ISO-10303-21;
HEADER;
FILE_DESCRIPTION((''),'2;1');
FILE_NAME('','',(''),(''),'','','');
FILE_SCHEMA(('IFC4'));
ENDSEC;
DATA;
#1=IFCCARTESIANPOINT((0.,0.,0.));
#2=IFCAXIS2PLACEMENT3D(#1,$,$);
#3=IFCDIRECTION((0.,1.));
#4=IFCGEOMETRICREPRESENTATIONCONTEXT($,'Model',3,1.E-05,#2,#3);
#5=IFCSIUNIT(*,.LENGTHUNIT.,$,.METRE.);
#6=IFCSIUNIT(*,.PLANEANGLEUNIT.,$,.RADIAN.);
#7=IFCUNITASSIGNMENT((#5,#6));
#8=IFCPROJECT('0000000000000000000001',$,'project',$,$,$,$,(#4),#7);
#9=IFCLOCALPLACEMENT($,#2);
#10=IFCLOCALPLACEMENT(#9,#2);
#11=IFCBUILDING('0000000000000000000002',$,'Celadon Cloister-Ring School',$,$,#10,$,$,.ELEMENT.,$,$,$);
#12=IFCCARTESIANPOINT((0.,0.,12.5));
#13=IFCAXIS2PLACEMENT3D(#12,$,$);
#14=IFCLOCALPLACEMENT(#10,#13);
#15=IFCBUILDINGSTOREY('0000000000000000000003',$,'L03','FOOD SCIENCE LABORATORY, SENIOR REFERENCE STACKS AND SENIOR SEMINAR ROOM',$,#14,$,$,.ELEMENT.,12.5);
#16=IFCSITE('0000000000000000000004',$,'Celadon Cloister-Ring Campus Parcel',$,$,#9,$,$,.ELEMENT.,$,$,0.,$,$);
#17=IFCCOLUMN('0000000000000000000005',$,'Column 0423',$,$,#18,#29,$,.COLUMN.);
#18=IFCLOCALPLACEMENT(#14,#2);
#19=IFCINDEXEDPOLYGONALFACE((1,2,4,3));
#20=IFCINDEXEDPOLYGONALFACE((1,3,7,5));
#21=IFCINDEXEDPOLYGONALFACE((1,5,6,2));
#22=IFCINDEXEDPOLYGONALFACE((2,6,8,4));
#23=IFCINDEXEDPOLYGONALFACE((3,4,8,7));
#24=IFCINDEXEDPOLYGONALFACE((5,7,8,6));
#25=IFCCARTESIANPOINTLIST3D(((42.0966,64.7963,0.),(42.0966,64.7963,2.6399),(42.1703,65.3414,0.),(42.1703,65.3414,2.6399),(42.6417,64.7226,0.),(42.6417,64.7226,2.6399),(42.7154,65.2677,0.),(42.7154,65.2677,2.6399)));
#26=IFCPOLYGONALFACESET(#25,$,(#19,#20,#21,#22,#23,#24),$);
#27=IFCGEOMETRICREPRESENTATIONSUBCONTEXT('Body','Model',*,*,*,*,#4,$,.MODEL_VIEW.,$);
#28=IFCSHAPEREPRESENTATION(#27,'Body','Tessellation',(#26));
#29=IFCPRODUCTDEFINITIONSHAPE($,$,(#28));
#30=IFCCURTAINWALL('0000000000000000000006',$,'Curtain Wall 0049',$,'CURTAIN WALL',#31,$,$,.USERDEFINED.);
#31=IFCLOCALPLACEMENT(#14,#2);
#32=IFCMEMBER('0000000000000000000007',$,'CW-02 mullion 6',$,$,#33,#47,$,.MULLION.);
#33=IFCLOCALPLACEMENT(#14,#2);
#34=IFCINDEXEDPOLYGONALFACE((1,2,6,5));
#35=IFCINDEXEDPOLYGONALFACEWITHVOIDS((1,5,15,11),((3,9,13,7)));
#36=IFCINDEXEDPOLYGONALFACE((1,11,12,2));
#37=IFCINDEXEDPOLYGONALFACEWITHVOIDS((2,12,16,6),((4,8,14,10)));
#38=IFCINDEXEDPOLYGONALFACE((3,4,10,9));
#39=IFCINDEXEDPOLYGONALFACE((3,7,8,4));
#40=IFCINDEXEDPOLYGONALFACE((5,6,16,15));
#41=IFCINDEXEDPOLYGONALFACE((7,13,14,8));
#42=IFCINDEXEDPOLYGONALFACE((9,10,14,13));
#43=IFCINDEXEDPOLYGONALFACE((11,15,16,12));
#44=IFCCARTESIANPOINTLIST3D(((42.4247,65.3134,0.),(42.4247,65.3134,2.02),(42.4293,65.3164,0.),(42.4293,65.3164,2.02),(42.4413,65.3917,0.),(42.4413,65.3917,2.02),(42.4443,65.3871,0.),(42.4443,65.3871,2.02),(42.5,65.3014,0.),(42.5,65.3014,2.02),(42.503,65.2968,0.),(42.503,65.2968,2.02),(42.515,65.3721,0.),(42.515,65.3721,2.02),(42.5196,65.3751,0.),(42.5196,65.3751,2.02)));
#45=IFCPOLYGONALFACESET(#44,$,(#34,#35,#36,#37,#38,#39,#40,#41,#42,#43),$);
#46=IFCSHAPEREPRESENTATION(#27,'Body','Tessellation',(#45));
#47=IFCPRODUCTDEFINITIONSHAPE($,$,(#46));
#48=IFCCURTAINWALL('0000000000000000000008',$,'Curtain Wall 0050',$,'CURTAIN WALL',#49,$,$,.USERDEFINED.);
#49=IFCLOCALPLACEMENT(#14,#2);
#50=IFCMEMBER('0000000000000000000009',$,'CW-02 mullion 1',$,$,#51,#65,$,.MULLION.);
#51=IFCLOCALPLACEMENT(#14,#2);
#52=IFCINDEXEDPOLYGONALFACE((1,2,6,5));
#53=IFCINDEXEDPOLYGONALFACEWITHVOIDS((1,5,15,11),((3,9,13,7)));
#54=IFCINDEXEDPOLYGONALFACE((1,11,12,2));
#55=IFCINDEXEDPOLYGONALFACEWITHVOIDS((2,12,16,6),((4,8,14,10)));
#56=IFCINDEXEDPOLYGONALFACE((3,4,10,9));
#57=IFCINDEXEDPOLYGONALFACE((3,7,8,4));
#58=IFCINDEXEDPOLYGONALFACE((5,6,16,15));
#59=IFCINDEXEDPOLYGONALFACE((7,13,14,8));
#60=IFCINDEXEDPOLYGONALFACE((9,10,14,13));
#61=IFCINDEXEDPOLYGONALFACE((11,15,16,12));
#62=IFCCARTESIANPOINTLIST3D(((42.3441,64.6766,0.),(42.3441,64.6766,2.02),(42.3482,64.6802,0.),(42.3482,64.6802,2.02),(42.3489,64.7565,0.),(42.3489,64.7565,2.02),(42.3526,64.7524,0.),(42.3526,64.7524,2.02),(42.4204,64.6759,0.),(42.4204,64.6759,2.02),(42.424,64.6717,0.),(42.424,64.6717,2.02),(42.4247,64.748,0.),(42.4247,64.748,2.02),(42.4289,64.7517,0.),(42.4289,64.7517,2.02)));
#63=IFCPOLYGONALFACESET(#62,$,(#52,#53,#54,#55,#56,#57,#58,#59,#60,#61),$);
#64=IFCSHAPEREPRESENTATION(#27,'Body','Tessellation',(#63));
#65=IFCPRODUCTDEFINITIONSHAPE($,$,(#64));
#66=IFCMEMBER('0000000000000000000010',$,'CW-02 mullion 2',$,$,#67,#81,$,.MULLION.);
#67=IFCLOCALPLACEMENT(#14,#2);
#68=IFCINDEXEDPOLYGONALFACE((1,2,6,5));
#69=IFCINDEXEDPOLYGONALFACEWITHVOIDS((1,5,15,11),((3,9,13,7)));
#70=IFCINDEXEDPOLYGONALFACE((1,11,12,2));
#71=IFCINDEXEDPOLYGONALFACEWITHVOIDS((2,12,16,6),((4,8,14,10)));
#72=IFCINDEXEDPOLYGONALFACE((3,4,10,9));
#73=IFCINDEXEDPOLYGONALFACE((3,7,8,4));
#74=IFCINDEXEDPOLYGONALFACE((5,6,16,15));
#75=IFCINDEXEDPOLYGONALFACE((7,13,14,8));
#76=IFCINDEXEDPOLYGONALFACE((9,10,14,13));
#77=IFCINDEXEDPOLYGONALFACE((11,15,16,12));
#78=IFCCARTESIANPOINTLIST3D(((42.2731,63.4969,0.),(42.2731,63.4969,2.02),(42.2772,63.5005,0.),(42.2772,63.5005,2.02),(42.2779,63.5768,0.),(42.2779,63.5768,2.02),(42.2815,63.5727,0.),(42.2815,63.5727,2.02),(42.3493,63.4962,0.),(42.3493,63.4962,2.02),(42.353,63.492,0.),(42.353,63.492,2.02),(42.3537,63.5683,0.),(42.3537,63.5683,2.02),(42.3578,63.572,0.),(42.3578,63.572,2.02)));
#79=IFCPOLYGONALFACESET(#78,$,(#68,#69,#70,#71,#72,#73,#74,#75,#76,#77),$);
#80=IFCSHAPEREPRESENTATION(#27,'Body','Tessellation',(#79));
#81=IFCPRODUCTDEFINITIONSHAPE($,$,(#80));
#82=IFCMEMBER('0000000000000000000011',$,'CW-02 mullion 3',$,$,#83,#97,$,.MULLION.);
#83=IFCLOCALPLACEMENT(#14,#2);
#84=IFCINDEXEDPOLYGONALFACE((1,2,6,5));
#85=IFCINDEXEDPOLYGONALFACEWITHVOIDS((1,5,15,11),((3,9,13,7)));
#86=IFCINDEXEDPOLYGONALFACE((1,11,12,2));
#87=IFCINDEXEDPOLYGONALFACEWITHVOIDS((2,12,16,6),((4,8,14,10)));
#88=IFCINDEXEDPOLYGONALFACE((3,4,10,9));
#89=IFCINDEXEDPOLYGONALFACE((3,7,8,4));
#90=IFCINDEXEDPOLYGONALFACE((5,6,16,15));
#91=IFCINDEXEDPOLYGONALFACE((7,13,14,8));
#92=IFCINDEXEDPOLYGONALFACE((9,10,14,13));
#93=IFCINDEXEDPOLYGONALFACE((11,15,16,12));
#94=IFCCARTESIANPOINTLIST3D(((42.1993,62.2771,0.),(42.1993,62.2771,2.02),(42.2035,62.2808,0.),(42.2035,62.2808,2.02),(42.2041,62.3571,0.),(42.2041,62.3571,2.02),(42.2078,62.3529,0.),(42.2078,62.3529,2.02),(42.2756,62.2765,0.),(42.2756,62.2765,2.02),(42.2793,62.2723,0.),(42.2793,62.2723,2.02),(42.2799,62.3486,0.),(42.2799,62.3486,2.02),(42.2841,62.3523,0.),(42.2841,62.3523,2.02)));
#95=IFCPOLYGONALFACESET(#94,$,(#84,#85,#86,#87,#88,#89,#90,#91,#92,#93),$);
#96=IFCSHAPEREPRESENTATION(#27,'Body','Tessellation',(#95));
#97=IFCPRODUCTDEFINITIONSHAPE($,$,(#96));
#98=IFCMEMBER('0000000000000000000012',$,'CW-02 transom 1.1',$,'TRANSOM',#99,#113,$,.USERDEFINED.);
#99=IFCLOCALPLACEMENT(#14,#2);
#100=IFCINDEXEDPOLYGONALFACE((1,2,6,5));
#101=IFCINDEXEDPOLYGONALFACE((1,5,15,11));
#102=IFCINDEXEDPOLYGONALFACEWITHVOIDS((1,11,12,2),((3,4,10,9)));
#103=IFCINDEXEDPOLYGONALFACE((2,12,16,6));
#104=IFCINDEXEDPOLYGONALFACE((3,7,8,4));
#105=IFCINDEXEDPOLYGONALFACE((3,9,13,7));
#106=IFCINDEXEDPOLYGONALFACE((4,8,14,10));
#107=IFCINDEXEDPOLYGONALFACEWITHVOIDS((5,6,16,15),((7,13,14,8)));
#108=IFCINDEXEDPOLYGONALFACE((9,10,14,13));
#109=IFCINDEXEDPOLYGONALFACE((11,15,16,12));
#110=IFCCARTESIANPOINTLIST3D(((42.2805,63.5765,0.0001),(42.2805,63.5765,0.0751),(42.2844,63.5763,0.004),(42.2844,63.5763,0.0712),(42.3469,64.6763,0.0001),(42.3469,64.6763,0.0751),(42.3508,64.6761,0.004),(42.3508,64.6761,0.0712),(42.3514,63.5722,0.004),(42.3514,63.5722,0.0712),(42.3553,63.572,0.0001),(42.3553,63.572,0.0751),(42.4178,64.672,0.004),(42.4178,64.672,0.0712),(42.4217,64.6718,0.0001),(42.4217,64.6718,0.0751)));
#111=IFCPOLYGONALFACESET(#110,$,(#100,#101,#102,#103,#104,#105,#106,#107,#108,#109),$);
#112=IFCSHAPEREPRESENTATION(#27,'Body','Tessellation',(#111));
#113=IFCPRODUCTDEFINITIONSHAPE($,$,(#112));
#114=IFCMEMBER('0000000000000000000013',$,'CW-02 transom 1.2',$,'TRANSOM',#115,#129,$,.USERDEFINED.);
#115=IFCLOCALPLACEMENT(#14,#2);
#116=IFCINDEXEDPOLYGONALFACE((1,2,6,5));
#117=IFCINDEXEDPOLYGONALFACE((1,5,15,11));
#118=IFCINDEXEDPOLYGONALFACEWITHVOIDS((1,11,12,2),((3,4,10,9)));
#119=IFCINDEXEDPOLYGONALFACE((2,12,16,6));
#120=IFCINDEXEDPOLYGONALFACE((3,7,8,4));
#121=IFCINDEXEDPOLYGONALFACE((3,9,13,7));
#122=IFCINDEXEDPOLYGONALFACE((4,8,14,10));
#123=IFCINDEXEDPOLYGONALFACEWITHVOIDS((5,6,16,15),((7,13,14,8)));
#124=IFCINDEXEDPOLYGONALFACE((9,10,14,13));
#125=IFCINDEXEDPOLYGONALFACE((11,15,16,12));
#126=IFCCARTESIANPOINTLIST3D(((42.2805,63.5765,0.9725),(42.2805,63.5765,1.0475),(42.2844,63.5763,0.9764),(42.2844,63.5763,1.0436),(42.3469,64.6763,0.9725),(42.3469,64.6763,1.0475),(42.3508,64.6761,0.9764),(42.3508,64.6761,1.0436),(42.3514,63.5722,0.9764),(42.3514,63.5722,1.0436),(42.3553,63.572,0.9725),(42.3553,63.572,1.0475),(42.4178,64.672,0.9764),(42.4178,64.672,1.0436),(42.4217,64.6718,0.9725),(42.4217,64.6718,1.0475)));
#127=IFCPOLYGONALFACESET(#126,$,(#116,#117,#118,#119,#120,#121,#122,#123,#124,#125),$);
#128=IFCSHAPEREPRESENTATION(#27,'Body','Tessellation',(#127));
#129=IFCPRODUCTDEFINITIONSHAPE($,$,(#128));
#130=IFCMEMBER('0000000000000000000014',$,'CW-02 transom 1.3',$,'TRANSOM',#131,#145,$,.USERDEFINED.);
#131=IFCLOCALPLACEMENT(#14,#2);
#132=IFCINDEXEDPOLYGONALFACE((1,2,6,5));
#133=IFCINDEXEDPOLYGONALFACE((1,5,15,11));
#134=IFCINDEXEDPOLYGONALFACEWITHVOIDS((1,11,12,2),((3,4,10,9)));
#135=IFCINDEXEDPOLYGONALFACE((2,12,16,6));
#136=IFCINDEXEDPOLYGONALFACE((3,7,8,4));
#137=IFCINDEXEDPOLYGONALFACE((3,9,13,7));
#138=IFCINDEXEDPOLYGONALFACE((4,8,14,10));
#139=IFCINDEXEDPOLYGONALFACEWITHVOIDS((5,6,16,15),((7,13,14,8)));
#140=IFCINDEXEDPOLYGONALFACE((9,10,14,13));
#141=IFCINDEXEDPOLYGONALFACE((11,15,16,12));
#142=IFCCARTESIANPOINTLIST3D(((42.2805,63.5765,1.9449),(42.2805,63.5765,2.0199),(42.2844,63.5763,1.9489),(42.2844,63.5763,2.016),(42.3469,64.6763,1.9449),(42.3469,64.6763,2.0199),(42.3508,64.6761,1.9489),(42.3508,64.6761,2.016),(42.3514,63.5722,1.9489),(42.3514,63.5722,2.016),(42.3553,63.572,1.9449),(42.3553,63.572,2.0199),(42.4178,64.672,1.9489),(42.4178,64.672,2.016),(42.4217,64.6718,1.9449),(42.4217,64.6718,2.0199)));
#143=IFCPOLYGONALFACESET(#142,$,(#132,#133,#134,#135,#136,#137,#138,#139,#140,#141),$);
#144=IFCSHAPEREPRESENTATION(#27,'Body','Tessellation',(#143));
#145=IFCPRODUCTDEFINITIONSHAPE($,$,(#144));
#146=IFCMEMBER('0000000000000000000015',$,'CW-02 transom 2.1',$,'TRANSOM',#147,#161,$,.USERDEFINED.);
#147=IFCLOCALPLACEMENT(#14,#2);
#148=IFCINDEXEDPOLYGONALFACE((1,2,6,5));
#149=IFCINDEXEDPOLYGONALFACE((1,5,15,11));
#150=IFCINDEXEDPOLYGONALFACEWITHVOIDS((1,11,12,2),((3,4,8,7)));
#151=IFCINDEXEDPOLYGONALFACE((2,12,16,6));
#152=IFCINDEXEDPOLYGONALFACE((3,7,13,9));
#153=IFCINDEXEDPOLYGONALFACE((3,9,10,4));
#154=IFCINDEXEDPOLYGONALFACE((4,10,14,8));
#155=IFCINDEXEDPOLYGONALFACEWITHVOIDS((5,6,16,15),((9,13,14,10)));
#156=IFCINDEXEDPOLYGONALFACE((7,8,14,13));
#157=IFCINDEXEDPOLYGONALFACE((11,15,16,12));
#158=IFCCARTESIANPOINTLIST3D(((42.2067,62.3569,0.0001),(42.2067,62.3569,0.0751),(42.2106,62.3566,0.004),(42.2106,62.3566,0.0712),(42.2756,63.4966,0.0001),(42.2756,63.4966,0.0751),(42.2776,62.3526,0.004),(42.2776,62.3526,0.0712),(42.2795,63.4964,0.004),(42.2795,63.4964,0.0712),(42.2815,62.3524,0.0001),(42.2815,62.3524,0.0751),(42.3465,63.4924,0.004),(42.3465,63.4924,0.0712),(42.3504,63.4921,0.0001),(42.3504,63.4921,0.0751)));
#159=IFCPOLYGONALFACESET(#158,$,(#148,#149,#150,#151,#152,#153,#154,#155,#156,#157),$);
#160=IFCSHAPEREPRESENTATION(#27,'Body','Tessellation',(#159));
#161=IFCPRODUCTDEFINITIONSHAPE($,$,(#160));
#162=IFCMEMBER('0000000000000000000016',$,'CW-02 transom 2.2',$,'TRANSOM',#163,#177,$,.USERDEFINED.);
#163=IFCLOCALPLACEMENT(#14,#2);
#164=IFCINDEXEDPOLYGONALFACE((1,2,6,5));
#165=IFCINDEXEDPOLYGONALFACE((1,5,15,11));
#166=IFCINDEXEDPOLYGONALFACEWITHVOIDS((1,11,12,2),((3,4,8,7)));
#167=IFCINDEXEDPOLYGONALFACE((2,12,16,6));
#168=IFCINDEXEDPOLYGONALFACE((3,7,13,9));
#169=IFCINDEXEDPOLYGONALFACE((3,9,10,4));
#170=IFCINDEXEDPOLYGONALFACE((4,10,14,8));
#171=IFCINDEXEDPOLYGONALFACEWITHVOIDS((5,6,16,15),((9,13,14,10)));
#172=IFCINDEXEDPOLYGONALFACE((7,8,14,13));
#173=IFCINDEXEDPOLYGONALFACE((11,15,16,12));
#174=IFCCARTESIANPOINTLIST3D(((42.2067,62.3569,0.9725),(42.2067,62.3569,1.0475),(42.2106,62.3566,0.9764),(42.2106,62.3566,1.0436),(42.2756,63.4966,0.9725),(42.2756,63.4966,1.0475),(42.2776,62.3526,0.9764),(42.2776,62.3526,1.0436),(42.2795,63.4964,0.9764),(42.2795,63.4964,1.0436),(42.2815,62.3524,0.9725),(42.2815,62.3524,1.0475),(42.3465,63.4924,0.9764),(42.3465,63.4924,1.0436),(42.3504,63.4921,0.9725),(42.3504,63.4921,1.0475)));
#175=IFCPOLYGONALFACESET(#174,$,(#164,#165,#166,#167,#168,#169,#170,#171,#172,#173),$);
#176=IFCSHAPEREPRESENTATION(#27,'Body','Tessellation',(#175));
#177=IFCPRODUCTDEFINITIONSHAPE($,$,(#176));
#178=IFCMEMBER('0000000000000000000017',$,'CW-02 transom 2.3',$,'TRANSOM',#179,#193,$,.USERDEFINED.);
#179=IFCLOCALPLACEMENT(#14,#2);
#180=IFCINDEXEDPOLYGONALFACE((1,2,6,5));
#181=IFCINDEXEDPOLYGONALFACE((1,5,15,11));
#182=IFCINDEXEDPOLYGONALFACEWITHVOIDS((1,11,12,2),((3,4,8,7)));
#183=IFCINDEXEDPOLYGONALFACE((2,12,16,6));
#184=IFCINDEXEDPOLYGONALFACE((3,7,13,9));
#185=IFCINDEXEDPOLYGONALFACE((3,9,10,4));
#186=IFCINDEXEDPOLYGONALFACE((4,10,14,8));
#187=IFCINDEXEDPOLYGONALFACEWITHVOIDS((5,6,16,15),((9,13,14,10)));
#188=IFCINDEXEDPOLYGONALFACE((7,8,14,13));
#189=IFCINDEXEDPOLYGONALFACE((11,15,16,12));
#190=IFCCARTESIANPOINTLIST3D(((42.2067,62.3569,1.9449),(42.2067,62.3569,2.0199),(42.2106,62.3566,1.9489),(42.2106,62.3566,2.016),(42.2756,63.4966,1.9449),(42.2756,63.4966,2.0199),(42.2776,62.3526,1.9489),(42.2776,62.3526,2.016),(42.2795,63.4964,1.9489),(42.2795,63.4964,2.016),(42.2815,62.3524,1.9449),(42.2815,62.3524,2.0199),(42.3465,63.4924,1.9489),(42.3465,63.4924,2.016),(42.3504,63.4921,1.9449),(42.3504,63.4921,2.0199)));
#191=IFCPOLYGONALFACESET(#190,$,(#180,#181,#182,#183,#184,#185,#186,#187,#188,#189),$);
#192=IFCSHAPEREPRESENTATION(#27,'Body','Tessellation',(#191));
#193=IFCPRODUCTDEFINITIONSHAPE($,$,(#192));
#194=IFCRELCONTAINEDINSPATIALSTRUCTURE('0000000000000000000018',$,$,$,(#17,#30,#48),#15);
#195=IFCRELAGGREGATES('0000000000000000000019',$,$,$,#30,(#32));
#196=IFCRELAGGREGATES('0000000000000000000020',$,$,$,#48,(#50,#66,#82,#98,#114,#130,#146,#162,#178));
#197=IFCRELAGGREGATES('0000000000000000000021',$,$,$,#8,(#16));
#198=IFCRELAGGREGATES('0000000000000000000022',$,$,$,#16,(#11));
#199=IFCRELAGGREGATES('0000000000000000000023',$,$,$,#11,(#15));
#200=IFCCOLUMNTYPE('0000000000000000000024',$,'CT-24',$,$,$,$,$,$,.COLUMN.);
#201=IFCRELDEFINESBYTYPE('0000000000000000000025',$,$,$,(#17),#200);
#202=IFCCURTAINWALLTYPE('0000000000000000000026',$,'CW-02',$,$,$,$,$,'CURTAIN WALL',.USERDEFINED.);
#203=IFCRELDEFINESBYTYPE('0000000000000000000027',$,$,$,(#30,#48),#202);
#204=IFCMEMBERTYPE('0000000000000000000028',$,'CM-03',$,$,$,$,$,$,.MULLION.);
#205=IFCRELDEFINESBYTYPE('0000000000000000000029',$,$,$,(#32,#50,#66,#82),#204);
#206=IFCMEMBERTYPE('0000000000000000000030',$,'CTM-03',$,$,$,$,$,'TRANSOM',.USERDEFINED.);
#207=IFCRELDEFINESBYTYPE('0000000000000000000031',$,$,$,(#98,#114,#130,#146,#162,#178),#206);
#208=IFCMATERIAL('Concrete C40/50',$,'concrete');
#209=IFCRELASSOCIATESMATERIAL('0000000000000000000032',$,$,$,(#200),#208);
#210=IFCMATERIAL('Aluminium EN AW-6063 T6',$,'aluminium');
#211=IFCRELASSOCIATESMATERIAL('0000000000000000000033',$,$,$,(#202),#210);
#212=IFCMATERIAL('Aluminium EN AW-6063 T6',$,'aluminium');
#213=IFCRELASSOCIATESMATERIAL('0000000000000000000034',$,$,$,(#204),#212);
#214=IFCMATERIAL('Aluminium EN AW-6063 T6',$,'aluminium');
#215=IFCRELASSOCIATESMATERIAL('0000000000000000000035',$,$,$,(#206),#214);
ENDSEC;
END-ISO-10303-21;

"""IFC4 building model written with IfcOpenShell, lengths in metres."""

from ifc_helpers import new_model, si_unit, direction, frame, origin, origin_2d, place, context, subcontext, project, spatial, rectangle, hollow_rectangle, extrude, material, material_profile, profile_set, type_object, element, aggregate, save


model = new_model("IFC4")

# Units and contexts
model_context = context("Model", 3, precision=1e-05, world=origin(), true_north=direction((0.0, 1.0)))
body_context = subcontext(model_context, "Body", "Model", "MODEL_VIEW")
ifc_project = project(units=[si_unit("LENGTHUNIT", "METRE"), si_unit("PLANEANGLEUNIT", "RADIAN")], contexts=[model_context])

# Site, building, storey
site_placement = place(None, origin())
site = spatial("IfcSite", under=ifc_project, at=site_placement, Name="Celadon Cloister-Ring Campus Parcel", CompositionType="ELEMENT", RefElevation=0.0)
building_placement = place(site_placement, origin())
building = spatial("IfcBuilding", under=site, at=building_placement, Name="Celadon Cloister-Ring School", CompositionType="ELEMENT")
storey_placement = place(building_placement, frame((0.0, 0.0, 12.5)))
storey = spatial("IfcBuildingStorey", under=building, at=storey_placement, Name="L03", Description="FOOD SCIENCE LABORATORY, SENIOR REFERENCE STACKS AND SENIOR SEMINAR ROOM", CompositionType="ELEMENT", Elevation=12.5)

# Column
ifc_material_1 = material(Name="Concrete C40/50", Category="concrete")
ifc_material_profile_1 = material_profile(ifc_material_1, rectangle(XDim=0.55, YDim=0.55, at=origin_2d()), Name="RC550X550")
ifc_profile_set_1 = profile_set([ifc_material_profile_1], Name="Concrete C40/50")
column_type = type_object("IfcColumnType", Name="CT-24", PredefinedType="COLUMN", material=ifc_profile_set_1)
column_placement = place(storey_placement, frame((42.406, 65.032, 0.0), z_axis=(0.0, 0.0, 1.0), x_axis=(-0.990974, 0.134055, 0.0)))
element("IfcColumn", 1, at=column_placement, inside=storey, type_object=column_type, Name="Column 0423", PredefinedType="COLUMN", context=body_context, shape_type="SweptSolid", body=[
    extrude(rectangle(XDim=0.55, YDim=0.55, at=origin_2d()), origin(), (0.0, 0.0, 1.0), 2.6399),
])

# Curtain wall, member
ifc_material_2 = material(Name="Aluminium EN AW-6063 T6", Category="aluminium")
curtain_wall_type = type_object("IfcCurtainWallType", Name="CW-02", ElementType="CURTAIN WALL", PredefinedType="USERDEFINED", material=ifc_material_2)
curtain_wall_1_placement = place(storey_placement, origin())
curtain_wall_1 = element("IfcCurtainWall", 2, at=curtain_wall_1_placement, inside=storey, type_object=curtain_wall_type, Name="Curtain Wall 0049", ObjectType="CURTAIN WALL", PredefinedType="USERDEFINED")
ifc_material_3 = material(Name="Aluminium EN AW-6063 T6", Category="aluminium")
ifc_material_profile_2 = material_profile(ifc_material_3, hollow_rectangle(XDim=0.0801, YDim=0.0801, WallThickness=0.0039, at=origin_2d()), Name="RHS80X80X4")
ifc_profile_set_2 = profile_set([ifc_material_profile_2], Name="Aluminium EN AW-6063 T6")
member_type_1 = type_object("IfcMemberType", Name="CM-03", PredefinedType="MULLION", material=ifc_profile_set_2)
member_1_placement = place(storey_placement, frame((42.4722, 65.3442, 0.0), z_axis=(0.0, 0.0, 1.0), x_axis=(0.978329, -0.207058, 0.0)))
member_1 = element("IfcMember", 3, at=member_1_placement, type_object=member_type_1, Name="CW-02 mullion 6", PredefinedType="MULLION", context=body_context, shape_type="SweptSolid", body=[
    extrude(hollow_rectangle(XDim=0.0801, YDim=0.0801, WallThickness=0.0039, at=origin_2d()), origin(), (0.0, 0.0, 1.0), 2.02),
])

# Curtain wall, members
curtain_wall_2_placement = place(storey_placement, origin())
curtain_wall_2 = element("IfcCurtainWall", 4, at=curtain_wall_2_placement, inside=storey, type_object=curtain_wall_type, Name="Curtain Wall 0050", ObjectType="CURTAIN WALL", PredefinedType="USERDEFINED")
member_2_placement = place(storey_placement, frame((42.3865, 64.7141, 0.0), z_axis=(0.0, 0.0, 1.0), x_axis=(0.998184, -0.060238, 0.0)))
member_2 = element("IfcMember", 5, at=member_2_placement, type_object=member_type_1, Name="CW-02 mullion 1", PredefinedType="MULLION", context=body_context, shape_type="SweptSolid", body=[
    extrude(hollow_rectangle(XDim=0.0801, YDim=0.0801, WallThickness=0.0039, at=origin_2d()), origin(), (0.0, 0.0, 1.0), 2.02),
])
member_3_placement = place(storey_placement, frame((42.3154, 63.5344, 0.0), z_axis=(0.0, 0.0, 1.0), x_axis=(0.998184, -0.060238, 0.0)))
member_3 = element("IfcMember", 6, at=member_3_placement, type_object=member_type_1, Name="CW-02 mullion 2", PredefinedType="MULLION", context=body_context, shape_type="SweptSolid", body=[
    extrude(hollow_rectangle(XDim=0.0801, YDim=0.0801, WallThickness=0.0039, at=origin_2d()), origin(), (0.0, 0.0, 1.0), 2.02),
])
member_4_placement = place(storey_placement, frame((42.2417, 62.3147, 0.0), z_axis=(0.0, 0.0, 1.0), x_axis=(0.998184, -0.060238, 0.0)))
member_4 = element("IfcMember", 7, at=member_4_placement, type_object=member_type_1, Name="CW-02 mullion 3", PredefinedType="MULLION", context=body_context, shape_type="SweptSolid", body=[
    extrude(hollow_rectangle(XDim=0.0801, YDim=0.0801, WallThickness=0.0039, at=origin_2d()), origin(), (0.0, 0.0, 1.0), 2.02),
])
ifc_material_4 = material(Name="Aluminium EN AW-6063 T6", Category="aluminium")
ifc_material_profile_3 = material_profile(ifc_material_4, hollow_rectangle(XDim=0.075, YDim=0.075, WallThickness=0.0039, at=origin_2d()), Name="RHS75X75X4")
ifc_profile_set_3 = profile_set([ifc_material_profile_3], Name="Aluminium EN AW-6063 T6")
member_type_2 = type_object("IfcMemberType", Name="CTM-03", ElementType="TRANSOM", PredefinedType="USERDEFINED", material=ifc_profile_set_3)
member_5_placement = place(storey_placement, frame((42.3843, 64.6741, 0.0376), z_axis=(-0.060268, -0.998182, 0.0), x_axis=(0.998182, -0.060268, 0.0)))
member_5 = element("IfcMember", 8, at=member_5_placement, type_object=member_type_2, Name="CW-02 transom 1.1", ObjectType="TRANSOM", PredefinedType="USERDEFINED", context=body_context, shape_type="SweptSolid", body=[
    extrude(hollow_rectangle(XDim=0.075, YDim=0.075, WallThickness=0.0039, at=origin_2d()), origin(), (0.0, 0.0, 1.0), 1.1018),
])
member_6_placement = place(storey_placement, frame((42.3843, 64.6741, 1.01), z_axis=(-0.060268, -0.998182, 0.0), x_axis=(0.998182, -0.060268, 0.0)))
member_6 = element("IfcMember", 9, at=member_6_placement, type_object=member_type_2, Name="CW-02 transom 1.2", ObjectType="TRANSOM", PredefinedType="USERDEFINED", context=body_context, shape_type="SweptSolid", body=[
    extrude(hollow_rectangle(XDim=0.075, YDim=0.075, WallThickness=0.0039, at=origin_2d()), origin(), (0.0, 0.0, 1.0), 1.1018),
])
member_7_placement = place(storey_placement, frame((42.3843, 64.6741, 1.9824), z_axis=(-0.060268, -0.998182, 0.0), x_axis=(0.998182, -0.060268, 0.0)))
member_7 = element("IfcMember", 10, at=member_7_placement, type_object=member_type_2, Name="CW-02 transom 1.3", ObjectType="TRANSOM", PredefinedType="USERDEFINED", context=body_context, shape_type="SweptSolid", body=[
    extrude(hollow_rectangle(XDim=0.075, YDim=0.075, WallThickness=0.0039, at=origin_2d()), origin(), (0.0, 0.0, 1.0), 1.1018),
])
member_8_placement = place(storey_placement, frame((42.313, 63.4944, 0.0376), z_axis=(-0.060301, -0.99818, 0.0), x_axis=(0.99818, -0.060301, 0.0)))
member_8 = element("IfcMember", 11, at=member_8_placement, type_object=member_type_2, Name="CW-02 transom 2.1", ObjectType="TRANSOM", PredefinedType="USERDEFINED", context=body_context, shape_type="SweptSolid", body=[
    extrude(hollow_rectangle(XDim=0.075, YDim=0.075, WallThickness=0.0039, at=origin_2d()), origin(), (0.0, 0.0, 1.0), 1.1418),
])
member_9_placement = place(storey_placement, frame((42.313, 63.4944, 1.01), z_axis=(-0.060301, -0.99818, 0.0), x_axis=(0.99818, -0.060301, 0.0)))
member_9 = element("IfcMember", 12, at=member_9_placement, type_object=member_type_2, Name="CW-02 transom 2.2", ObjectType="TRANSOM", PredefinedType="USERDEFINED", context=body_context, shape_type="SweptSolid", body=[
    extrude(hollow_rectangle(XDim=0.075, YDim=0.075, WallThickness=0.0039, at=origin_2d()), origin(), (0.0, 0.0, 1.0), 1.1418),
])
member_10_placement = place(storey_placement, frame((42.313, 63.4944, 1.9824), z_axis=(-0.060301, -0.99818, 0.0), x_axis=(0.99818, -0.060301, 0.0)))
member_10 = element("IfcMember", 13, at=member_10_placement, type_object=member_type_2, Name="CW-02 transom 2.3", ObjectType="TRANSOM", PredefinedType="USERDEFINED", context=body_context, shape_type="SweptSolid", body=[
    extrude(hollow_rectangle(XDim=0.075, YDim=0.075, WallThickness=0.0039, at=origin_2d()), origin(), (0.0, 0.0, 1.0), 1.1418),
])

aggregate(curtain_wall_1, [member_1])
aggregate(curtain_wall_2, [member_2, member_3, member_4, member_5, member_6, member_7, member_8, member_9, member_10])

save(model, "model.ifc")
